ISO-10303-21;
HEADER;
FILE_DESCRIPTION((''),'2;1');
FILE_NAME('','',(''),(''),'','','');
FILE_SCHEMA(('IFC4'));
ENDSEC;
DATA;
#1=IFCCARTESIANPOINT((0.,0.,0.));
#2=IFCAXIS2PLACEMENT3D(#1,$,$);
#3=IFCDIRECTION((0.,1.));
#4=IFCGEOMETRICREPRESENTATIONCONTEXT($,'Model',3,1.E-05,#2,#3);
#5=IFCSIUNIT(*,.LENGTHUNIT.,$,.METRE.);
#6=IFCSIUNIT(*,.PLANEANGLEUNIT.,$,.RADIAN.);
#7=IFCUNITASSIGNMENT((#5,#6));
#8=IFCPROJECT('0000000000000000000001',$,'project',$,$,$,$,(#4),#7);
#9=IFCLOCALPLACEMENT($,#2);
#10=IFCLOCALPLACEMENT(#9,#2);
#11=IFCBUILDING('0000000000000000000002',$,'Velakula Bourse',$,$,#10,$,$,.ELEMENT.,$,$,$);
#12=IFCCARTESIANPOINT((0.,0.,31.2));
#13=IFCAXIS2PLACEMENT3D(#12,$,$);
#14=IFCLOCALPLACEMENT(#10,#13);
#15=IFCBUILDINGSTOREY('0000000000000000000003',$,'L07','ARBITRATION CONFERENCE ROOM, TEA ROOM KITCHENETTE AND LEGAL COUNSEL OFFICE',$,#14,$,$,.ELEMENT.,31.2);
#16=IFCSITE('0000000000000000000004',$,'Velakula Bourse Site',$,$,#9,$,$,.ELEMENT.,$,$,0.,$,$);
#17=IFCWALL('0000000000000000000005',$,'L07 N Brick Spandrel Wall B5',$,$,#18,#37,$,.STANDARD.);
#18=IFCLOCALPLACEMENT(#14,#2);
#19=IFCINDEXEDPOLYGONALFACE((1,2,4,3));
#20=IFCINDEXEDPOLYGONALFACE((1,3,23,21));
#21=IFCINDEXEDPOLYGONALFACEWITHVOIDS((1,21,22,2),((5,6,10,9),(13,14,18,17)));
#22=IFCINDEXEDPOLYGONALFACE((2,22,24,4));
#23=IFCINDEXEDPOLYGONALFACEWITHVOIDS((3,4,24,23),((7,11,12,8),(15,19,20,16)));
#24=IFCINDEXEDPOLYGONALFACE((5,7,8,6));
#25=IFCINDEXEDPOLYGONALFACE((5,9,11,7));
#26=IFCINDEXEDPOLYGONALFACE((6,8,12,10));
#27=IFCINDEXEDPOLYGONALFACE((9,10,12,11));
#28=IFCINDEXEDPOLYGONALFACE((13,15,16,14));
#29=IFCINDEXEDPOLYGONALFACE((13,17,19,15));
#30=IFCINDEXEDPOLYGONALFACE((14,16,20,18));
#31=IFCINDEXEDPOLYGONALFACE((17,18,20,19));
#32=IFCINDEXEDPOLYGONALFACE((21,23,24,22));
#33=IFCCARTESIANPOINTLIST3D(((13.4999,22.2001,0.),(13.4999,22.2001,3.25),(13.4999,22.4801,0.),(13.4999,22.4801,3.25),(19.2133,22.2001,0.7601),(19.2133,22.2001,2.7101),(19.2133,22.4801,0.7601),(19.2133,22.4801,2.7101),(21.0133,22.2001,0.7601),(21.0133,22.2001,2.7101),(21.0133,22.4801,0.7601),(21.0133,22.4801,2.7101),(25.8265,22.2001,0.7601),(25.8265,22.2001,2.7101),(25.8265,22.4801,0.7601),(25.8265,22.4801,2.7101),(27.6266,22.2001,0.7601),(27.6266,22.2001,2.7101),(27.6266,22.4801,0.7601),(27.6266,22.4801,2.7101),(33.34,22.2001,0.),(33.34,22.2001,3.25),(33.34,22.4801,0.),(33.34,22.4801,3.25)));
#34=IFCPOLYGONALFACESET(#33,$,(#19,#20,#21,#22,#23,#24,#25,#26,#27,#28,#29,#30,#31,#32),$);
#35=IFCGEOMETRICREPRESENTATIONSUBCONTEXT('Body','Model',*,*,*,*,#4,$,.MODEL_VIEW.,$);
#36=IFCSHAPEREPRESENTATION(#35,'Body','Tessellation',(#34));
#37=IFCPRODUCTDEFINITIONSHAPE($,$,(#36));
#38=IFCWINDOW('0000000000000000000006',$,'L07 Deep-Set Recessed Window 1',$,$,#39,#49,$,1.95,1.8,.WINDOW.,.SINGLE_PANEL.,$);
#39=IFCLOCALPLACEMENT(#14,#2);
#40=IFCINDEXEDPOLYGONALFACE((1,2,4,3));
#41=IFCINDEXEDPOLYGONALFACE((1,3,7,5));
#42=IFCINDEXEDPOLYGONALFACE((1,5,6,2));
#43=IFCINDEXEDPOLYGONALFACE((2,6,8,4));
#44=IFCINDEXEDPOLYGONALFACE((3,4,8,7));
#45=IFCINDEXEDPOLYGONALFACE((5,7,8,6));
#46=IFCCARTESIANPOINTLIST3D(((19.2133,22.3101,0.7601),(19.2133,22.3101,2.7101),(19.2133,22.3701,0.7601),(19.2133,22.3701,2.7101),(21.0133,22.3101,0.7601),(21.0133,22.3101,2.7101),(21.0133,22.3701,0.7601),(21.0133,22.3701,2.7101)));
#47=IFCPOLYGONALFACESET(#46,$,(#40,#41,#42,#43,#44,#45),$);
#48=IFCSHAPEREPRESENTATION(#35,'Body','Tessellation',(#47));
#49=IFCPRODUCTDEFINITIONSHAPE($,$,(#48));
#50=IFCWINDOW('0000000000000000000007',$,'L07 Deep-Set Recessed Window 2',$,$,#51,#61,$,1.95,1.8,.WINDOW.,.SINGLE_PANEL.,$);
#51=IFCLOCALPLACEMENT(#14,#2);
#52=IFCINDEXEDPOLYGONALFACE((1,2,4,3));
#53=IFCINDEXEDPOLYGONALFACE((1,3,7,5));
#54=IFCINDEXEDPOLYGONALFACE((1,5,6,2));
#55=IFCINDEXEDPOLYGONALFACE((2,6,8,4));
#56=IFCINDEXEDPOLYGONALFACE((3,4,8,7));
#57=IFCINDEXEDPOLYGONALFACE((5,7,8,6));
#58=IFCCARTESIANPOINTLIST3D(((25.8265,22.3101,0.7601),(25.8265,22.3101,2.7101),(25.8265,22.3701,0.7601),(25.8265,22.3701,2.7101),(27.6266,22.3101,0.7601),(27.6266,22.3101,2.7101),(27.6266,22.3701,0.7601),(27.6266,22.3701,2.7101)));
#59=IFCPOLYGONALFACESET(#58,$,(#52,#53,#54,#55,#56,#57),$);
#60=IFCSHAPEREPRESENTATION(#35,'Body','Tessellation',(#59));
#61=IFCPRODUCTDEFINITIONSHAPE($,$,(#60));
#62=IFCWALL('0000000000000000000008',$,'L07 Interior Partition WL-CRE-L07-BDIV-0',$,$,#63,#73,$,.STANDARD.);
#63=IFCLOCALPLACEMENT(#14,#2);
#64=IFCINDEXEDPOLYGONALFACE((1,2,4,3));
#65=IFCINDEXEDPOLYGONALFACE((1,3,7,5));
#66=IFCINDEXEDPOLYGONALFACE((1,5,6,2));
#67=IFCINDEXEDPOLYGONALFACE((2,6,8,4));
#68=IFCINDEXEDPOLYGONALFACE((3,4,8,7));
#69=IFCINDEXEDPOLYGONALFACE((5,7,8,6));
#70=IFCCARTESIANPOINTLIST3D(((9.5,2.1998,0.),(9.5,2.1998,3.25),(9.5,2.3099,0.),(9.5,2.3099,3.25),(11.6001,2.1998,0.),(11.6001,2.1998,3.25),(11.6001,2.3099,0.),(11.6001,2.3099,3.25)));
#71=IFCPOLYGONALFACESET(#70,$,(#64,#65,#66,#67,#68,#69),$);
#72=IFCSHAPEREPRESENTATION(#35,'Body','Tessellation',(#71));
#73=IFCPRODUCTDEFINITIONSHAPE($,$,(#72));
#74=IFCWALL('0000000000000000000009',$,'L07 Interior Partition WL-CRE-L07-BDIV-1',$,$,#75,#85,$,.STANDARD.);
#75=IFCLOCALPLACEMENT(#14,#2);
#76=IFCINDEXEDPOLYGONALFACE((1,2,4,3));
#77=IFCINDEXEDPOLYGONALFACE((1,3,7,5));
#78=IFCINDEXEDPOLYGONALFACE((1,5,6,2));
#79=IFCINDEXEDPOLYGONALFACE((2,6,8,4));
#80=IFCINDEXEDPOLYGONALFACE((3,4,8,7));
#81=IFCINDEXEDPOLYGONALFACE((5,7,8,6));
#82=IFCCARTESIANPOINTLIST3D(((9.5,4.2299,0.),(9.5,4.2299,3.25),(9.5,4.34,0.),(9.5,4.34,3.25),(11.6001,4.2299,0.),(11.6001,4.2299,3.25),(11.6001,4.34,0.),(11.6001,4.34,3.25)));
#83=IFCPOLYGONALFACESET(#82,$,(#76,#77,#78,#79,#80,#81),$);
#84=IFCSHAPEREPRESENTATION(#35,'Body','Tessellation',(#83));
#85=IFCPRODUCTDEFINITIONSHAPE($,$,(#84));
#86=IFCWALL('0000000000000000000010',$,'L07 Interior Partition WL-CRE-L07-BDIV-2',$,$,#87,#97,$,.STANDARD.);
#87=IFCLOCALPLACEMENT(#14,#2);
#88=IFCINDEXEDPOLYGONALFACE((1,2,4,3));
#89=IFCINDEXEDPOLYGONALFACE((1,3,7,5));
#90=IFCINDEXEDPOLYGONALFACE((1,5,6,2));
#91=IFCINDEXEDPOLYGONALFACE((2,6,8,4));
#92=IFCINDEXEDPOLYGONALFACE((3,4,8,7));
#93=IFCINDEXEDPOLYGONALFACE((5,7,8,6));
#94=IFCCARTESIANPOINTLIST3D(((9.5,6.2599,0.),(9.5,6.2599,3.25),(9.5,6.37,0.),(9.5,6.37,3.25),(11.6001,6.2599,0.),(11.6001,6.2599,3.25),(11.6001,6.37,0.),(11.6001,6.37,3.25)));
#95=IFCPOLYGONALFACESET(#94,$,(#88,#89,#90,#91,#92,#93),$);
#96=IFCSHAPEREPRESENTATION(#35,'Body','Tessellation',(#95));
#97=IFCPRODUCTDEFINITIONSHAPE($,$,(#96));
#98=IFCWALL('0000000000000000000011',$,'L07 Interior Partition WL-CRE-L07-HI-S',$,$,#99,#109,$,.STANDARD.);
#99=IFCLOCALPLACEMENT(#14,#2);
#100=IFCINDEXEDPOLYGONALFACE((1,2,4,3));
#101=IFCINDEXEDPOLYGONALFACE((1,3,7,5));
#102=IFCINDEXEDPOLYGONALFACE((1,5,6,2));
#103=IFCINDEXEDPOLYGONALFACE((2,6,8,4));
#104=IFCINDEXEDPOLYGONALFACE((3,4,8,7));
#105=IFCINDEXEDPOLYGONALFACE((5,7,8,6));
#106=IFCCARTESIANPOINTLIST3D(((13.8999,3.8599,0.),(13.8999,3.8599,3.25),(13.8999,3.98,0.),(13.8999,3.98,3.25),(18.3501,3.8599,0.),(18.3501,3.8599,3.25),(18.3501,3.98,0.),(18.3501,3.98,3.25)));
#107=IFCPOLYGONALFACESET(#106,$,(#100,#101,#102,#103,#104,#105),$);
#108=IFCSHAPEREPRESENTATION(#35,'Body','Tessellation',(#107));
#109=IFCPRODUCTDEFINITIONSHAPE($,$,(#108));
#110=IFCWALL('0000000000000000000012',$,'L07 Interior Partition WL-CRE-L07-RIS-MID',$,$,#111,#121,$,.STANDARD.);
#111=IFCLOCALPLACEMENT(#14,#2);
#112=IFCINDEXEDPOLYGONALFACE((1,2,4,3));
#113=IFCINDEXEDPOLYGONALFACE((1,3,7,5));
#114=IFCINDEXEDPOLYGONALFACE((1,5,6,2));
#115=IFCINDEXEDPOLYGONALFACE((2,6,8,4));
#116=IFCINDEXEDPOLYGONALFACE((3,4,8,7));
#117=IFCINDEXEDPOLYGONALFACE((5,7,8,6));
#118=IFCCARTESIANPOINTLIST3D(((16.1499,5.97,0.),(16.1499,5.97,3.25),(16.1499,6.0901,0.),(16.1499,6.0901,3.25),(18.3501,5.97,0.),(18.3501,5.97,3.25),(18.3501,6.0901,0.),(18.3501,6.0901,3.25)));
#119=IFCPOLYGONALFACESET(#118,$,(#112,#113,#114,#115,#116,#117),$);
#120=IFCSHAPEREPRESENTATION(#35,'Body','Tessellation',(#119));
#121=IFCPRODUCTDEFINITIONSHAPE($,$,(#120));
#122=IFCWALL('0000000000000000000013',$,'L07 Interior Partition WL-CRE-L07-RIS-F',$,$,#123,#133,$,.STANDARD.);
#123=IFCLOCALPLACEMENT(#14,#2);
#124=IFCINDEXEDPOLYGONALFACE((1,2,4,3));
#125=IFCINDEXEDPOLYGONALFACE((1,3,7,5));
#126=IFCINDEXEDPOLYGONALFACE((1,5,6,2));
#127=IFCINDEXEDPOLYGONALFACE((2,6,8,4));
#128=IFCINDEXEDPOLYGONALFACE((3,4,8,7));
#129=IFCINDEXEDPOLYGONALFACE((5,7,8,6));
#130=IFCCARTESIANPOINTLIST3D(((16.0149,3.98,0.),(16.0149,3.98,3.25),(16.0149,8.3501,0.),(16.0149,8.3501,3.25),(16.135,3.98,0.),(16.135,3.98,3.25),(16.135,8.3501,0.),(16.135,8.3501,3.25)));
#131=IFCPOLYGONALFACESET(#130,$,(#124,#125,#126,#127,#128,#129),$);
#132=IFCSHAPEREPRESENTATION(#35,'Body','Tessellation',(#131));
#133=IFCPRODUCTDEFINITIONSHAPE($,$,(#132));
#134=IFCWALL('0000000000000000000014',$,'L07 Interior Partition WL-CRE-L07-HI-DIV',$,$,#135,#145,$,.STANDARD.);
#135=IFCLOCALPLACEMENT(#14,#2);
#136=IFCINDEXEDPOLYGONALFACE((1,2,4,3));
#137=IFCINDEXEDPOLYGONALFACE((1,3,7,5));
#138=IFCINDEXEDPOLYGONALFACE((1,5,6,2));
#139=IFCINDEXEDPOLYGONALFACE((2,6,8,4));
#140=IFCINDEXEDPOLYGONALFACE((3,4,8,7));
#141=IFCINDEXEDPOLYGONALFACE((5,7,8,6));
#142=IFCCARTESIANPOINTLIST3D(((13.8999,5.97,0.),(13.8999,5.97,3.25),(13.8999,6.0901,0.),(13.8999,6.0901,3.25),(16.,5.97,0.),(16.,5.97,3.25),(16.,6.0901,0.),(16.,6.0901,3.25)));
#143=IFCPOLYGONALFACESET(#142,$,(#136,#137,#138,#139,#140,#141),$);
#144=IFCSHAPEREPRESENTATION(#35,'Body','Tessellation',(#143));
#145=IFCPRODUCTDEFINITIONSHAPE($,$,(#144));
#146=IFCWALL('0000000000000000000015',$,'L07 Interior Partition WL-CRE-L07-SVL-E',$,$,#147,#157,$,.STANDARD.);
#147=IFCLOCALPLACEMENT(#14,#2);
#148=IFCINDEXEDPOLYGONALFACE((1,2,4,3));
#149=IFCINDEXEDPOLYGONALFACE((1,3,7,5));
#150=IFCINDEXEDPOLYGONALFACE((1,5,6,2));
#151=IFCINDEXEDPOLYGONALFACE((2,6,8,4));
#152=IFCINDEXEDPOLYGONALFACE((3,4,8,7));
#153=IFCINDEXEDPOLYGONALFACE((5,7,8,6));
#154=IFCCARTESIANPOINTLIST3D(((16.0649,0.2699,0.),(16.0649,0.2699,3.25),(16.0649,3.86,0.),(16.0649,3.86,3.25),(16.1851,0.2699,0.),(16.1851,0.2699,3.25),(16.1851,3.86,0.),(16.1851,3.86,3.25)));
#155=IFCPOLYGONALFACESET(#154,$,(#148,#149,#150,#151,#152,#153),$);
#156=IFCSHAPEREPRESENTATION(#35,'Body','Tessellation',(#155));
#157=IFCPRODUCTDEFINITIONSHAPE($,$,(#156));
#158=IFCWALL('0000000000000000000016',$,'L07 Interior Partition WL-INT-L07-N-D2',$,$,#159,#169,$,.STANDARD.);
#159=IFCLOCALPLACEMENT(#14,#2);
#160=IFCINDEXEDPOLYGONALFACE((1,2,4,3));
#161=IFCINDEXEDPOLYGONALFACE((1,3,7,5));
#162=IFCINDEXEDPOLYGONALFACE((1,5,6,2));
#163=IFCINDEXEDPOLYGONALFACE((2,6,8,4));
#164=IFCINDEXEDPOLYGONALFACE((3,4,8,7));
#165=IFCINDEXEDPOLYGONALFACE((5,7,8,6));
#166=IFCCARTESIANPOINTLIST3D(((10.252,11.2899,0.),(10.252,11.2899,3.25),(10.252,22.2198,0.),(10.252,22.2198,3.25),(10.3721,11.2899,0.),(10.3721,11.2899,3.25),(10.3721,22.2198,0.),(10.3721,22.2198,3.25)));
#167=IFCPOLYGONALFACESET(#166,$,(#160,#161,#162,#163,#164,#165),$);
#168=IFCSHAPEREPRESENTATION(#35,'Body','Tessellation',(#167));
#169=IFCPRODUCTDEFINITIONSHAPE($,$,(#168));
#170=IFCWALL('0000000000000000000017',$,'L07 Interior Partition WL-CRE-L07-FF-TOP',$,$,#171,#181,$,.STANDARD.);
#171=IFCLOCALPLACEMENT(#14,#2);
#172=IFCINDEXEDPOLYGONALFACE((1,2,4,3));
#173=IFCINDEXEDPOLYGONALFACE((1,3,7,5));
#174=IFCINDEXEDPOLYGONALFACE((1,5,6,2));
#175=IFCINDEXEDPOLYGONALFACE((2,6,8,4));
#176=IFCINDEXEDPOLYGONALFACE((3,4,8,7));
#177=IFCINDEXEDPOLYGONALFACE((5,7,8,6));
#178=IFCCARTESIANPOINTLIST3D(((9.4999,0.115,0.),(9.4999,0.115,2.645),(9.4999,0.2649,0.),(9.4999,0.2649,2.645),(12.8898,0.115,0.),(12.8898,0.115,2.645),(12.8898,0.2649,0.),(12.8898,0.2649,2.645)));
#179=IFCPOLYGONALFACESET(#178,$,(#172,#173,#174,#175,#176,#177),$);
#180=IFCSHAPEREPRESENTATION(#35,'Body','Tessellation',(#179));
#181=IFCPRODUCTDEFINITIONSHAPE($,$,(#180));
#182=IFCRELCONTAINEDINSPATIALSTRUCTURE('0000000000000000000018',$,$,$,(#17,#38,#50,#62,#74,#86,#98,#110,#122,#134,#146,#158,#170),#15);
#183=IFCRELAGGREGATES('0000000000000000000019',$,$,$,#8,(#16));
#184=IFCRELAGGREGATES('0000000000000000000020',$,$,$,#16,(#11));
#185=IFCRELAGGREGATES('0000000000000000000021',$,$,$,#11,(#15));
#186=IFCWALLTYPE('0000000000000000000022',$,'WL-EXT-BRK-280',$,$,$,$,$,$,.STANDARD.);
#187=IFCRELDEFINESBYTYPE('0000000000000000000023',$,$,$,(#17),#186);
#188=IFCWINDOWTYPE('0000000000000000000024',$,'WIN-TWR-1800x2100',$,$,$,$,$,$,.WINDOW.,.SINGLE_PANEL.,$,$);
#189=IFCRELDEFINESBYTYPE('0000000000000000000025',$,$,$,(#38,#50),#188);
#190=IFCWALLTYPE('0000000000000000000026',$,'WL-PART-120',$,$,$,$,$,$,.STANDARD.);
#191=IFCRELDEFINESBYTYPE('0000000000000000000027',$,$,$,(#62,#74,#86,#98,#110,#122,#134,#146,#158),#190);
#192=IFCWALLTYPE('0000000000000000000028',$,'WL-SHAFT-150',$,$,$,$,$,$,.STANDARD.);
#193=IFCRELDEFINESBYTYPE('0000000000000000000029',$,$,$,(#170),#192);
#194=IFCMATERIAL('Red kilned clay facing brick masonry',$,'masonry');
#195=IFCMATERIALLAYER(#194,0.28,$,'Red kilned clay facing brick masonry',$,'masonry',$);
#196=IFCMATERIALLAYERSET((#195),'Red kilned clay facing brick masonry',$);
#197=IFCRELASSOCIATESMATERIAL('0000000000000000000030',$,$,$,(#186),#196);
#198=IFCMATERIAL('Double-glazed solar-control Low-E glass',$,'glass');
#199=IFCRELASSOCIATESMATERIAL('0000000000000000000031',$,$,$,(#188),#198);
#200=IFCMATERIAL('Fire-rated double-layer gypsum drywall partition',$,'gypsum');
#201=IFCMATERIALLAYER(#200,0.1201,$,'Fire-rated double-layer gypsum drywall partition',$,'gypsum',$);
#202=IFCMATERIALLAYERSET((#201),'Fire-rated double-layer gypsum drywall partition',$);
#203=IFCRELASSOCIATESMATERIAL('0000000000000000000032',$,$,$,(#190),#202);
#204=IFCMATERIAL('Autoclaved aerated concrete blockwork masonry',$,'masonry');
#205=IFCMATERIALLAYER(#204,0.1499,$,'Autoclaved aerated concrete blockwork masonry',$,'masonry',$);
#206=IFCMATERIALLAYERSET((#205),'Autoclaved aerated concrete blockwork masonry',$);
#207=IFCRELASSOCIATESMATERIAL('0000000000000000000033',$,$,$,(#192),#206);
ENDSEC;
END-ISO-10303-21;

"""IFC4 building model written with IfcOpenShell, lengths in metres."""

from ifc_helpers import new_model, si_unit, direction, frame, frame_2d, origin, place, context, subcontext, project, spatial, rectangle, extrude, material, layer, layer_set, type_object, element, fill, save


model = new_model("IFC4")

# Units and contexts
model_context = context("Model", 3, precision=1e-05, world=origin(), true_north=direction((0.0, 1.0)))
body_context = subcontext(model_context, "Body", "Model", "MODEL_VIEW")
ifc_project = project(units=[si_unit("LENGTHUNIT", "METRE"), si_unit("PLANEANGLEUNIT", "RADIAN")], contexts=[model_context])

# Site, building, storey
site_placement = place(None, origin())
site = spatial("IfcSite", under=ifc_project, at=site_placement, Name="Velakula Bourse Site", CompositionType="ELEMENT", RefElevation=0.0)
building_placement = place(site_placement, origin())
building = spatial("IfcBuilding", under=site, at=building_placement, Name="Velakula Bourse", CompositionType="ELEMENT")
storey_placement = place(building_placement, frame((0.0, 0.0, 31.2)))
storey = spatial("IfcBuildingStorey", under=building, at=storey_placement, Name="L07", Description="ARBITRATION CONFERENCE ROOM, TEA ROOM KITCHENETTE AND LEGAL COUNSEL OFFICE", CompositionType="ELEMENT", Elevation=31.2)

# Wall, openings, windows
ifc_material_1 = material(Name="Red kilned clay facing brick masonry", Category="masonry")
ifc_layer_1 = layer(ifc_material_1, 0.28, Name="Red kilned clay facing brick masonry", Category="masonry")
ifc_layer_set_1 = layer_set([ifc_layer_1], Name="Red kilned clay facing brick masonry")
wall_type_1 = type_object("IfcWallType", Name="WL-EXT-BRK-280", PredefinedType="STANDARD", material=ifc_layer_set_1)
wall_1_placement = place(storey_placement, frame((13.5, 22.3401, 0.0), z_axis=(0.0, 0.0, 1.0), x_axis=(1.0, 0.0, 0.0)))
wall_1 = element("IfcWall", 1, at=wall_1_placement, inside=storey, type_object=wall_type_1, Name="L07 N Brick Spandrel Wall B5", PredefinedType="STANDARD", context=body_context, shape_type="SweptSolid", body=[
    extrude(rectangle(XDim=19.8401, YDim=0.28, at=frame_2d((9.9199, 0.0))), origin(), (0.0, 0.0, 1.0), 3.25),
])
opening_1_placement = place(wall_1_placement, frame((5.7134, 0.0, 0.76)))
opening_1 = element("IfcOpeningElement", 2, at=opening_1_placement, cuts=wall_1, PredefinedType="OPENING", context=body_context, shape_type="SweptSolid", body=[
    extrude(rectangle(XDim=1.8, YDim=1.95, at=frame_2d((0.8999, 0.9751))), frame((0.0, 0.1499, 0.0), z_axis=(0.0, -1.0, 0.0), x_axis=(1.0, 0.0, 0.0)), (0.0, 0.0, 1.0), 0.3),
])
opening_2_placement = place(wall_1_placement, frame((12.3267, 0.0, 0.76)))
opening_2 = element("IfcOpeningElement", 3, at=opening_2_placement, cuts=wall_1, PredefinedType="OPENING", context=body_context, shape_type="SweptSolid", body=[
    extrude(rectangle(XDim=1.8, YDim=1.95, at=frame_2d((0.8999, 0.9751))), frame((0.0, 0.1499, 0.0), z_axis=(0.0, -1.0, 0.0), x_axis=(1.0, 0.0, 0.0)), (0.0, 0.0, 1.0), 0.3),
])
ifc_material_2 = material(Name="Double-glazed solar-control Low-E glass", Category="glass")
window_type = type_object("IfcWindowType", Name="WIN-TWR-1800x2100", PartitioningType="SINGLE_PANEL", PredefinedType="WINDOW", material=ifc_material_2)
window_1_placement = place(opening_1_placement, origin())
window_1 = element("IfcWindow", 4, at=window_1_placement, inside=storey, type_object=window_type, Name="L07 Deep-Set Recessed Window 1", OverallHeight=1.95, OverallWidth=1.8, PartitioningType="SINGLE_PANEL", PredefinedType="WINDOW", context=body_context, shape_type="SweptSolid", body=[
    extrude(rectangle(XDim=1.8, YDim=1.95, at=frame_2d((0.8999, 0.9751))), frame((0.0, 0.03, 0.0), z_axis=(0.0, -1.0, 0.0), x_axis=(1.0, 0.0, 0.0)), (0.0, 0.0, 1.0), 0.0601),
])
fill(opening_1, window_1)
window_2_placement = place(opening_2_placement, origin())
window_2 = element("IfcWindow", 5, at=window_2_placement, inside=storey, type_object=window_type, Name="L07 Deep-Set Recessed Window 2", OverallHeight=1.95, OverallWidth=1.8, PartitioningType="SINGLE_PANEL", PredefinedType="WINDOW", context=body_context, shape_type="SweptSolid", body=[
    extrude(rectangle(XDim=1.8, YDim=1.95, at=frame_2d((0.8999, 0.9751))), frame((0.0, 0.03, 0.0), z_axis=(0.0, -1.0, 0.0), x_axis=(1.0, 0.0, 0.0)), (0.0, 0.0, 1.0), 0.0601),
])
fill(opening_2, window_2)

# Walls
ifc_material_3 = material(Name="Fire-rated double-layer gypsum drywall partition", Category="gypsum")
ifc_layer_2 = layer(ifc_material_3, 0.1201, Name="Fire-rated double-layer gypsum drywall partition", Category="gypsum")
ifc_layer_set_2 = layer_set([ifc_layer_2], Name="Fire-rated double-layer gypsum drywall partition")
wall_type_2 = type_object("IfcWallType", Name="WL-PART-120", PredefinedType="STANDARD", material=ifc_layer_set_2)
for number, where, z_axis, x_axis, name in (
    (6, (9.5, 2.2549, 0.0), (0.0, 0.0, 1.0), (1.0, 0.0, 0.0), "L07 Interior Partition WL-CRE-L07-BDIV-0"),
    (7, (9.5, 4.2849, 0.0), (0.0, 0.0, 1.0), (1.0, 0.0, 0.0), "L07 Interior Partition WL-CRE-L07-BDIV-1"),
    (8, (9.5, 6.3149, 0.0), (0.0, 0.0, 1.0), (1.0, 0.0, 0.0), "L07 Interior Partition WL-CRE-L07-BDIV-2"),
):
    element("IfcWall", number, at=place(storey_placement, frame(where, z_axis=z_axis, x_axis=x_axis)), inside=storey, type_object=wall_type_2, Name=name, PredefinedType="STANDARD", context=body_context, shape_type="SweptSolid", body=[
        extrude(rectangle(XDim=2.1001, YDim=0.1101, at=frame_2d((1.05, 0.0))), origin(), (0.0, 0.0, 1.0), 3.25),
    ])
wall_2_placement = place(storey_placement, frame((13.8999, 3.9199, 0.0), z_axis=(0.0, 0.0, 1.0), x_axis=(1.0, 0.0, 0.0)))
element("IfcWall", 9, at=wall_2_placement, inside=storey, type_object=wall_type_2, Name="L07 Interior Partition WL-CRE-L07-HI-S", PredefinedType="STANDARD", context=body_context, shape_type="SweptSolid", body=[
    extrude(rectangle(XDim=4.4502, YDim=0.1201, at=frame_2d((2.2251, 0.0))), origin(), (0.0, 0.0, 1.0), 3.25),
])
wall_3_placement = place(storey_placement, frame((16.1499, 6.03, 0.0), z_axis=(0.0, 0.0, 1.0), x_axis=(1.0, 0.0, 0.0)))
element("IfcWall", 10, at=wall_3_placement, inside=storey, type_object=wall_type_2, Name="L07 Interior Partition WL-CRE-L07-RIS-MID", PredefinedType="STANDARD", context=body_context, shape_type="SweptSolid", body=[
    extrude(rectangle(XDim=2.2002, YDim=0.1201, at=frame_2d((1.1001, 0.0))), origin(), (0.0, 0.0, 1.0), 3.25),
])
wall_4_placement = place(storey_placement, frame((16.075, 3.98, 0.0), z_axis=(0.0, 0.0, 1.0), x_axis=(0.0, 1.0, 0.0)))
element("IfcWall", 11, at=wall_4_placement, inside=storey, type_object=wall_type_2, Name="L07 Interior Partition WL-CRE-L07-RIS-F", PredefinedType="STANDARD", context=body_context, shape_type="SweptSolid", body=[
    extrude(rectangle(XDim=4.3701, YDim=0.1201, at=frame_2d((2.1851, 0.0))), origin(), (0.0, 0.0, 1.0), 3.25),
])
wall_5_placement = place(storey_placement, frame((13.8999, 6.03, 0.0), z_axis=(0.0, 0.0, 1.0), x_axis=(1.0, 0.0, 0.0)))
element("IfcWall", 12, at=wall_5_placement, inside=storey, type_object=wall_type_2, Name="L07 Interior Partition WL-CRE-L07-HI-DIV", PredefinedType="STANDARD", context=body_context, shape_type="SweptSolid", body=[
    extrude(rectangle(XDim=2.1001, YDim=0.1201, at=frame_2d((1.05, 0.0))), origin(), (0.0, 0.0, 1.0), 3.25),
])
wall_6_placement = place(storey_placement, frame((16.125, 0.27, 0.0), z_axis=(0.0, 0.0, 1.0), x_axis=(0.0, 1.0, 0.0)))
element("IfcWall", 13, at=wall_6_placement, inside=storey, type_object=wall_type_2, Name="L07 Interior Partition WL-CRE-L07-SVL-E", PredefinedType="STANDARD", context=body_context, shape_type="SweptSolid", body=[
    extrude(rectangle(XDim=3.5901, YDim=0.1201, at=frame_2d((1.7949, 0.0))), origin(), (0.0, 0.0, 1.0), 3.25),
])
wall_7_placement = place(storey_placement, frame((10.312, 11.29, 0.0), z_axis=(0.0, 0.0, 1.0), x_axis=(0.0, 1.0, 0.0)))
element("IfcWall", 14, at=wall_7_placement, inside=storey, type_object=wall_type_2, Name="L07 Interior Partition WL-INT-L07-N-D2", PredefinedType="STANDARD", context=body_context, shape_type="SweptSolid", body=[
    extrude(rectangle(XDim=10.9299, YDim=0.1201, at=frame_2d((5.4648, 0.0))), origin(), (0.0, 0.0, 1.0), 3.25),
])
ifc_material_4 = material(Name="Autoclaved aerated concrete blockwork masonry", Category="masonry")
ifc_layer_3 = layer(ifc_material_4, 0.1499, Name="Autoclaved aerated concrete blockwork masonry", Category="masonry")
ifc_layer_set_3 = layer_set([ifc_layer_3], Name="Autoclaved aerated concrete blockwork masonry")
wall_type_3 = type_object("IfcWallType", Name="WL-SHAFT-150", PredefinedType="STANDARD", material=ifc_layer_set_3)
wall_8_placement = place(storey_placement, frame((9.5, 0.1899, 0.0), z_axis=(0.0, 0.0, 1.0), x_axis=(1.0, 0.0, 0.0)))
element("IfcWall", 15, at=wall_8_placement, inside=storey, type_object=wall_type_3, Name="L07 Interior Partition WL-CRE-L07-FF-TOP", PredefinedType="STANDARD", context=body_context, shape_type="SweptSolid", body=[
    extrude(rectangle(XDim=3.3899, YDim=0.1499, at=frame_2d((1.6948, 0.0))), origin(), (0.0, 0.0, 1.0), 2.645),
])

save(model, "model.ifc")
